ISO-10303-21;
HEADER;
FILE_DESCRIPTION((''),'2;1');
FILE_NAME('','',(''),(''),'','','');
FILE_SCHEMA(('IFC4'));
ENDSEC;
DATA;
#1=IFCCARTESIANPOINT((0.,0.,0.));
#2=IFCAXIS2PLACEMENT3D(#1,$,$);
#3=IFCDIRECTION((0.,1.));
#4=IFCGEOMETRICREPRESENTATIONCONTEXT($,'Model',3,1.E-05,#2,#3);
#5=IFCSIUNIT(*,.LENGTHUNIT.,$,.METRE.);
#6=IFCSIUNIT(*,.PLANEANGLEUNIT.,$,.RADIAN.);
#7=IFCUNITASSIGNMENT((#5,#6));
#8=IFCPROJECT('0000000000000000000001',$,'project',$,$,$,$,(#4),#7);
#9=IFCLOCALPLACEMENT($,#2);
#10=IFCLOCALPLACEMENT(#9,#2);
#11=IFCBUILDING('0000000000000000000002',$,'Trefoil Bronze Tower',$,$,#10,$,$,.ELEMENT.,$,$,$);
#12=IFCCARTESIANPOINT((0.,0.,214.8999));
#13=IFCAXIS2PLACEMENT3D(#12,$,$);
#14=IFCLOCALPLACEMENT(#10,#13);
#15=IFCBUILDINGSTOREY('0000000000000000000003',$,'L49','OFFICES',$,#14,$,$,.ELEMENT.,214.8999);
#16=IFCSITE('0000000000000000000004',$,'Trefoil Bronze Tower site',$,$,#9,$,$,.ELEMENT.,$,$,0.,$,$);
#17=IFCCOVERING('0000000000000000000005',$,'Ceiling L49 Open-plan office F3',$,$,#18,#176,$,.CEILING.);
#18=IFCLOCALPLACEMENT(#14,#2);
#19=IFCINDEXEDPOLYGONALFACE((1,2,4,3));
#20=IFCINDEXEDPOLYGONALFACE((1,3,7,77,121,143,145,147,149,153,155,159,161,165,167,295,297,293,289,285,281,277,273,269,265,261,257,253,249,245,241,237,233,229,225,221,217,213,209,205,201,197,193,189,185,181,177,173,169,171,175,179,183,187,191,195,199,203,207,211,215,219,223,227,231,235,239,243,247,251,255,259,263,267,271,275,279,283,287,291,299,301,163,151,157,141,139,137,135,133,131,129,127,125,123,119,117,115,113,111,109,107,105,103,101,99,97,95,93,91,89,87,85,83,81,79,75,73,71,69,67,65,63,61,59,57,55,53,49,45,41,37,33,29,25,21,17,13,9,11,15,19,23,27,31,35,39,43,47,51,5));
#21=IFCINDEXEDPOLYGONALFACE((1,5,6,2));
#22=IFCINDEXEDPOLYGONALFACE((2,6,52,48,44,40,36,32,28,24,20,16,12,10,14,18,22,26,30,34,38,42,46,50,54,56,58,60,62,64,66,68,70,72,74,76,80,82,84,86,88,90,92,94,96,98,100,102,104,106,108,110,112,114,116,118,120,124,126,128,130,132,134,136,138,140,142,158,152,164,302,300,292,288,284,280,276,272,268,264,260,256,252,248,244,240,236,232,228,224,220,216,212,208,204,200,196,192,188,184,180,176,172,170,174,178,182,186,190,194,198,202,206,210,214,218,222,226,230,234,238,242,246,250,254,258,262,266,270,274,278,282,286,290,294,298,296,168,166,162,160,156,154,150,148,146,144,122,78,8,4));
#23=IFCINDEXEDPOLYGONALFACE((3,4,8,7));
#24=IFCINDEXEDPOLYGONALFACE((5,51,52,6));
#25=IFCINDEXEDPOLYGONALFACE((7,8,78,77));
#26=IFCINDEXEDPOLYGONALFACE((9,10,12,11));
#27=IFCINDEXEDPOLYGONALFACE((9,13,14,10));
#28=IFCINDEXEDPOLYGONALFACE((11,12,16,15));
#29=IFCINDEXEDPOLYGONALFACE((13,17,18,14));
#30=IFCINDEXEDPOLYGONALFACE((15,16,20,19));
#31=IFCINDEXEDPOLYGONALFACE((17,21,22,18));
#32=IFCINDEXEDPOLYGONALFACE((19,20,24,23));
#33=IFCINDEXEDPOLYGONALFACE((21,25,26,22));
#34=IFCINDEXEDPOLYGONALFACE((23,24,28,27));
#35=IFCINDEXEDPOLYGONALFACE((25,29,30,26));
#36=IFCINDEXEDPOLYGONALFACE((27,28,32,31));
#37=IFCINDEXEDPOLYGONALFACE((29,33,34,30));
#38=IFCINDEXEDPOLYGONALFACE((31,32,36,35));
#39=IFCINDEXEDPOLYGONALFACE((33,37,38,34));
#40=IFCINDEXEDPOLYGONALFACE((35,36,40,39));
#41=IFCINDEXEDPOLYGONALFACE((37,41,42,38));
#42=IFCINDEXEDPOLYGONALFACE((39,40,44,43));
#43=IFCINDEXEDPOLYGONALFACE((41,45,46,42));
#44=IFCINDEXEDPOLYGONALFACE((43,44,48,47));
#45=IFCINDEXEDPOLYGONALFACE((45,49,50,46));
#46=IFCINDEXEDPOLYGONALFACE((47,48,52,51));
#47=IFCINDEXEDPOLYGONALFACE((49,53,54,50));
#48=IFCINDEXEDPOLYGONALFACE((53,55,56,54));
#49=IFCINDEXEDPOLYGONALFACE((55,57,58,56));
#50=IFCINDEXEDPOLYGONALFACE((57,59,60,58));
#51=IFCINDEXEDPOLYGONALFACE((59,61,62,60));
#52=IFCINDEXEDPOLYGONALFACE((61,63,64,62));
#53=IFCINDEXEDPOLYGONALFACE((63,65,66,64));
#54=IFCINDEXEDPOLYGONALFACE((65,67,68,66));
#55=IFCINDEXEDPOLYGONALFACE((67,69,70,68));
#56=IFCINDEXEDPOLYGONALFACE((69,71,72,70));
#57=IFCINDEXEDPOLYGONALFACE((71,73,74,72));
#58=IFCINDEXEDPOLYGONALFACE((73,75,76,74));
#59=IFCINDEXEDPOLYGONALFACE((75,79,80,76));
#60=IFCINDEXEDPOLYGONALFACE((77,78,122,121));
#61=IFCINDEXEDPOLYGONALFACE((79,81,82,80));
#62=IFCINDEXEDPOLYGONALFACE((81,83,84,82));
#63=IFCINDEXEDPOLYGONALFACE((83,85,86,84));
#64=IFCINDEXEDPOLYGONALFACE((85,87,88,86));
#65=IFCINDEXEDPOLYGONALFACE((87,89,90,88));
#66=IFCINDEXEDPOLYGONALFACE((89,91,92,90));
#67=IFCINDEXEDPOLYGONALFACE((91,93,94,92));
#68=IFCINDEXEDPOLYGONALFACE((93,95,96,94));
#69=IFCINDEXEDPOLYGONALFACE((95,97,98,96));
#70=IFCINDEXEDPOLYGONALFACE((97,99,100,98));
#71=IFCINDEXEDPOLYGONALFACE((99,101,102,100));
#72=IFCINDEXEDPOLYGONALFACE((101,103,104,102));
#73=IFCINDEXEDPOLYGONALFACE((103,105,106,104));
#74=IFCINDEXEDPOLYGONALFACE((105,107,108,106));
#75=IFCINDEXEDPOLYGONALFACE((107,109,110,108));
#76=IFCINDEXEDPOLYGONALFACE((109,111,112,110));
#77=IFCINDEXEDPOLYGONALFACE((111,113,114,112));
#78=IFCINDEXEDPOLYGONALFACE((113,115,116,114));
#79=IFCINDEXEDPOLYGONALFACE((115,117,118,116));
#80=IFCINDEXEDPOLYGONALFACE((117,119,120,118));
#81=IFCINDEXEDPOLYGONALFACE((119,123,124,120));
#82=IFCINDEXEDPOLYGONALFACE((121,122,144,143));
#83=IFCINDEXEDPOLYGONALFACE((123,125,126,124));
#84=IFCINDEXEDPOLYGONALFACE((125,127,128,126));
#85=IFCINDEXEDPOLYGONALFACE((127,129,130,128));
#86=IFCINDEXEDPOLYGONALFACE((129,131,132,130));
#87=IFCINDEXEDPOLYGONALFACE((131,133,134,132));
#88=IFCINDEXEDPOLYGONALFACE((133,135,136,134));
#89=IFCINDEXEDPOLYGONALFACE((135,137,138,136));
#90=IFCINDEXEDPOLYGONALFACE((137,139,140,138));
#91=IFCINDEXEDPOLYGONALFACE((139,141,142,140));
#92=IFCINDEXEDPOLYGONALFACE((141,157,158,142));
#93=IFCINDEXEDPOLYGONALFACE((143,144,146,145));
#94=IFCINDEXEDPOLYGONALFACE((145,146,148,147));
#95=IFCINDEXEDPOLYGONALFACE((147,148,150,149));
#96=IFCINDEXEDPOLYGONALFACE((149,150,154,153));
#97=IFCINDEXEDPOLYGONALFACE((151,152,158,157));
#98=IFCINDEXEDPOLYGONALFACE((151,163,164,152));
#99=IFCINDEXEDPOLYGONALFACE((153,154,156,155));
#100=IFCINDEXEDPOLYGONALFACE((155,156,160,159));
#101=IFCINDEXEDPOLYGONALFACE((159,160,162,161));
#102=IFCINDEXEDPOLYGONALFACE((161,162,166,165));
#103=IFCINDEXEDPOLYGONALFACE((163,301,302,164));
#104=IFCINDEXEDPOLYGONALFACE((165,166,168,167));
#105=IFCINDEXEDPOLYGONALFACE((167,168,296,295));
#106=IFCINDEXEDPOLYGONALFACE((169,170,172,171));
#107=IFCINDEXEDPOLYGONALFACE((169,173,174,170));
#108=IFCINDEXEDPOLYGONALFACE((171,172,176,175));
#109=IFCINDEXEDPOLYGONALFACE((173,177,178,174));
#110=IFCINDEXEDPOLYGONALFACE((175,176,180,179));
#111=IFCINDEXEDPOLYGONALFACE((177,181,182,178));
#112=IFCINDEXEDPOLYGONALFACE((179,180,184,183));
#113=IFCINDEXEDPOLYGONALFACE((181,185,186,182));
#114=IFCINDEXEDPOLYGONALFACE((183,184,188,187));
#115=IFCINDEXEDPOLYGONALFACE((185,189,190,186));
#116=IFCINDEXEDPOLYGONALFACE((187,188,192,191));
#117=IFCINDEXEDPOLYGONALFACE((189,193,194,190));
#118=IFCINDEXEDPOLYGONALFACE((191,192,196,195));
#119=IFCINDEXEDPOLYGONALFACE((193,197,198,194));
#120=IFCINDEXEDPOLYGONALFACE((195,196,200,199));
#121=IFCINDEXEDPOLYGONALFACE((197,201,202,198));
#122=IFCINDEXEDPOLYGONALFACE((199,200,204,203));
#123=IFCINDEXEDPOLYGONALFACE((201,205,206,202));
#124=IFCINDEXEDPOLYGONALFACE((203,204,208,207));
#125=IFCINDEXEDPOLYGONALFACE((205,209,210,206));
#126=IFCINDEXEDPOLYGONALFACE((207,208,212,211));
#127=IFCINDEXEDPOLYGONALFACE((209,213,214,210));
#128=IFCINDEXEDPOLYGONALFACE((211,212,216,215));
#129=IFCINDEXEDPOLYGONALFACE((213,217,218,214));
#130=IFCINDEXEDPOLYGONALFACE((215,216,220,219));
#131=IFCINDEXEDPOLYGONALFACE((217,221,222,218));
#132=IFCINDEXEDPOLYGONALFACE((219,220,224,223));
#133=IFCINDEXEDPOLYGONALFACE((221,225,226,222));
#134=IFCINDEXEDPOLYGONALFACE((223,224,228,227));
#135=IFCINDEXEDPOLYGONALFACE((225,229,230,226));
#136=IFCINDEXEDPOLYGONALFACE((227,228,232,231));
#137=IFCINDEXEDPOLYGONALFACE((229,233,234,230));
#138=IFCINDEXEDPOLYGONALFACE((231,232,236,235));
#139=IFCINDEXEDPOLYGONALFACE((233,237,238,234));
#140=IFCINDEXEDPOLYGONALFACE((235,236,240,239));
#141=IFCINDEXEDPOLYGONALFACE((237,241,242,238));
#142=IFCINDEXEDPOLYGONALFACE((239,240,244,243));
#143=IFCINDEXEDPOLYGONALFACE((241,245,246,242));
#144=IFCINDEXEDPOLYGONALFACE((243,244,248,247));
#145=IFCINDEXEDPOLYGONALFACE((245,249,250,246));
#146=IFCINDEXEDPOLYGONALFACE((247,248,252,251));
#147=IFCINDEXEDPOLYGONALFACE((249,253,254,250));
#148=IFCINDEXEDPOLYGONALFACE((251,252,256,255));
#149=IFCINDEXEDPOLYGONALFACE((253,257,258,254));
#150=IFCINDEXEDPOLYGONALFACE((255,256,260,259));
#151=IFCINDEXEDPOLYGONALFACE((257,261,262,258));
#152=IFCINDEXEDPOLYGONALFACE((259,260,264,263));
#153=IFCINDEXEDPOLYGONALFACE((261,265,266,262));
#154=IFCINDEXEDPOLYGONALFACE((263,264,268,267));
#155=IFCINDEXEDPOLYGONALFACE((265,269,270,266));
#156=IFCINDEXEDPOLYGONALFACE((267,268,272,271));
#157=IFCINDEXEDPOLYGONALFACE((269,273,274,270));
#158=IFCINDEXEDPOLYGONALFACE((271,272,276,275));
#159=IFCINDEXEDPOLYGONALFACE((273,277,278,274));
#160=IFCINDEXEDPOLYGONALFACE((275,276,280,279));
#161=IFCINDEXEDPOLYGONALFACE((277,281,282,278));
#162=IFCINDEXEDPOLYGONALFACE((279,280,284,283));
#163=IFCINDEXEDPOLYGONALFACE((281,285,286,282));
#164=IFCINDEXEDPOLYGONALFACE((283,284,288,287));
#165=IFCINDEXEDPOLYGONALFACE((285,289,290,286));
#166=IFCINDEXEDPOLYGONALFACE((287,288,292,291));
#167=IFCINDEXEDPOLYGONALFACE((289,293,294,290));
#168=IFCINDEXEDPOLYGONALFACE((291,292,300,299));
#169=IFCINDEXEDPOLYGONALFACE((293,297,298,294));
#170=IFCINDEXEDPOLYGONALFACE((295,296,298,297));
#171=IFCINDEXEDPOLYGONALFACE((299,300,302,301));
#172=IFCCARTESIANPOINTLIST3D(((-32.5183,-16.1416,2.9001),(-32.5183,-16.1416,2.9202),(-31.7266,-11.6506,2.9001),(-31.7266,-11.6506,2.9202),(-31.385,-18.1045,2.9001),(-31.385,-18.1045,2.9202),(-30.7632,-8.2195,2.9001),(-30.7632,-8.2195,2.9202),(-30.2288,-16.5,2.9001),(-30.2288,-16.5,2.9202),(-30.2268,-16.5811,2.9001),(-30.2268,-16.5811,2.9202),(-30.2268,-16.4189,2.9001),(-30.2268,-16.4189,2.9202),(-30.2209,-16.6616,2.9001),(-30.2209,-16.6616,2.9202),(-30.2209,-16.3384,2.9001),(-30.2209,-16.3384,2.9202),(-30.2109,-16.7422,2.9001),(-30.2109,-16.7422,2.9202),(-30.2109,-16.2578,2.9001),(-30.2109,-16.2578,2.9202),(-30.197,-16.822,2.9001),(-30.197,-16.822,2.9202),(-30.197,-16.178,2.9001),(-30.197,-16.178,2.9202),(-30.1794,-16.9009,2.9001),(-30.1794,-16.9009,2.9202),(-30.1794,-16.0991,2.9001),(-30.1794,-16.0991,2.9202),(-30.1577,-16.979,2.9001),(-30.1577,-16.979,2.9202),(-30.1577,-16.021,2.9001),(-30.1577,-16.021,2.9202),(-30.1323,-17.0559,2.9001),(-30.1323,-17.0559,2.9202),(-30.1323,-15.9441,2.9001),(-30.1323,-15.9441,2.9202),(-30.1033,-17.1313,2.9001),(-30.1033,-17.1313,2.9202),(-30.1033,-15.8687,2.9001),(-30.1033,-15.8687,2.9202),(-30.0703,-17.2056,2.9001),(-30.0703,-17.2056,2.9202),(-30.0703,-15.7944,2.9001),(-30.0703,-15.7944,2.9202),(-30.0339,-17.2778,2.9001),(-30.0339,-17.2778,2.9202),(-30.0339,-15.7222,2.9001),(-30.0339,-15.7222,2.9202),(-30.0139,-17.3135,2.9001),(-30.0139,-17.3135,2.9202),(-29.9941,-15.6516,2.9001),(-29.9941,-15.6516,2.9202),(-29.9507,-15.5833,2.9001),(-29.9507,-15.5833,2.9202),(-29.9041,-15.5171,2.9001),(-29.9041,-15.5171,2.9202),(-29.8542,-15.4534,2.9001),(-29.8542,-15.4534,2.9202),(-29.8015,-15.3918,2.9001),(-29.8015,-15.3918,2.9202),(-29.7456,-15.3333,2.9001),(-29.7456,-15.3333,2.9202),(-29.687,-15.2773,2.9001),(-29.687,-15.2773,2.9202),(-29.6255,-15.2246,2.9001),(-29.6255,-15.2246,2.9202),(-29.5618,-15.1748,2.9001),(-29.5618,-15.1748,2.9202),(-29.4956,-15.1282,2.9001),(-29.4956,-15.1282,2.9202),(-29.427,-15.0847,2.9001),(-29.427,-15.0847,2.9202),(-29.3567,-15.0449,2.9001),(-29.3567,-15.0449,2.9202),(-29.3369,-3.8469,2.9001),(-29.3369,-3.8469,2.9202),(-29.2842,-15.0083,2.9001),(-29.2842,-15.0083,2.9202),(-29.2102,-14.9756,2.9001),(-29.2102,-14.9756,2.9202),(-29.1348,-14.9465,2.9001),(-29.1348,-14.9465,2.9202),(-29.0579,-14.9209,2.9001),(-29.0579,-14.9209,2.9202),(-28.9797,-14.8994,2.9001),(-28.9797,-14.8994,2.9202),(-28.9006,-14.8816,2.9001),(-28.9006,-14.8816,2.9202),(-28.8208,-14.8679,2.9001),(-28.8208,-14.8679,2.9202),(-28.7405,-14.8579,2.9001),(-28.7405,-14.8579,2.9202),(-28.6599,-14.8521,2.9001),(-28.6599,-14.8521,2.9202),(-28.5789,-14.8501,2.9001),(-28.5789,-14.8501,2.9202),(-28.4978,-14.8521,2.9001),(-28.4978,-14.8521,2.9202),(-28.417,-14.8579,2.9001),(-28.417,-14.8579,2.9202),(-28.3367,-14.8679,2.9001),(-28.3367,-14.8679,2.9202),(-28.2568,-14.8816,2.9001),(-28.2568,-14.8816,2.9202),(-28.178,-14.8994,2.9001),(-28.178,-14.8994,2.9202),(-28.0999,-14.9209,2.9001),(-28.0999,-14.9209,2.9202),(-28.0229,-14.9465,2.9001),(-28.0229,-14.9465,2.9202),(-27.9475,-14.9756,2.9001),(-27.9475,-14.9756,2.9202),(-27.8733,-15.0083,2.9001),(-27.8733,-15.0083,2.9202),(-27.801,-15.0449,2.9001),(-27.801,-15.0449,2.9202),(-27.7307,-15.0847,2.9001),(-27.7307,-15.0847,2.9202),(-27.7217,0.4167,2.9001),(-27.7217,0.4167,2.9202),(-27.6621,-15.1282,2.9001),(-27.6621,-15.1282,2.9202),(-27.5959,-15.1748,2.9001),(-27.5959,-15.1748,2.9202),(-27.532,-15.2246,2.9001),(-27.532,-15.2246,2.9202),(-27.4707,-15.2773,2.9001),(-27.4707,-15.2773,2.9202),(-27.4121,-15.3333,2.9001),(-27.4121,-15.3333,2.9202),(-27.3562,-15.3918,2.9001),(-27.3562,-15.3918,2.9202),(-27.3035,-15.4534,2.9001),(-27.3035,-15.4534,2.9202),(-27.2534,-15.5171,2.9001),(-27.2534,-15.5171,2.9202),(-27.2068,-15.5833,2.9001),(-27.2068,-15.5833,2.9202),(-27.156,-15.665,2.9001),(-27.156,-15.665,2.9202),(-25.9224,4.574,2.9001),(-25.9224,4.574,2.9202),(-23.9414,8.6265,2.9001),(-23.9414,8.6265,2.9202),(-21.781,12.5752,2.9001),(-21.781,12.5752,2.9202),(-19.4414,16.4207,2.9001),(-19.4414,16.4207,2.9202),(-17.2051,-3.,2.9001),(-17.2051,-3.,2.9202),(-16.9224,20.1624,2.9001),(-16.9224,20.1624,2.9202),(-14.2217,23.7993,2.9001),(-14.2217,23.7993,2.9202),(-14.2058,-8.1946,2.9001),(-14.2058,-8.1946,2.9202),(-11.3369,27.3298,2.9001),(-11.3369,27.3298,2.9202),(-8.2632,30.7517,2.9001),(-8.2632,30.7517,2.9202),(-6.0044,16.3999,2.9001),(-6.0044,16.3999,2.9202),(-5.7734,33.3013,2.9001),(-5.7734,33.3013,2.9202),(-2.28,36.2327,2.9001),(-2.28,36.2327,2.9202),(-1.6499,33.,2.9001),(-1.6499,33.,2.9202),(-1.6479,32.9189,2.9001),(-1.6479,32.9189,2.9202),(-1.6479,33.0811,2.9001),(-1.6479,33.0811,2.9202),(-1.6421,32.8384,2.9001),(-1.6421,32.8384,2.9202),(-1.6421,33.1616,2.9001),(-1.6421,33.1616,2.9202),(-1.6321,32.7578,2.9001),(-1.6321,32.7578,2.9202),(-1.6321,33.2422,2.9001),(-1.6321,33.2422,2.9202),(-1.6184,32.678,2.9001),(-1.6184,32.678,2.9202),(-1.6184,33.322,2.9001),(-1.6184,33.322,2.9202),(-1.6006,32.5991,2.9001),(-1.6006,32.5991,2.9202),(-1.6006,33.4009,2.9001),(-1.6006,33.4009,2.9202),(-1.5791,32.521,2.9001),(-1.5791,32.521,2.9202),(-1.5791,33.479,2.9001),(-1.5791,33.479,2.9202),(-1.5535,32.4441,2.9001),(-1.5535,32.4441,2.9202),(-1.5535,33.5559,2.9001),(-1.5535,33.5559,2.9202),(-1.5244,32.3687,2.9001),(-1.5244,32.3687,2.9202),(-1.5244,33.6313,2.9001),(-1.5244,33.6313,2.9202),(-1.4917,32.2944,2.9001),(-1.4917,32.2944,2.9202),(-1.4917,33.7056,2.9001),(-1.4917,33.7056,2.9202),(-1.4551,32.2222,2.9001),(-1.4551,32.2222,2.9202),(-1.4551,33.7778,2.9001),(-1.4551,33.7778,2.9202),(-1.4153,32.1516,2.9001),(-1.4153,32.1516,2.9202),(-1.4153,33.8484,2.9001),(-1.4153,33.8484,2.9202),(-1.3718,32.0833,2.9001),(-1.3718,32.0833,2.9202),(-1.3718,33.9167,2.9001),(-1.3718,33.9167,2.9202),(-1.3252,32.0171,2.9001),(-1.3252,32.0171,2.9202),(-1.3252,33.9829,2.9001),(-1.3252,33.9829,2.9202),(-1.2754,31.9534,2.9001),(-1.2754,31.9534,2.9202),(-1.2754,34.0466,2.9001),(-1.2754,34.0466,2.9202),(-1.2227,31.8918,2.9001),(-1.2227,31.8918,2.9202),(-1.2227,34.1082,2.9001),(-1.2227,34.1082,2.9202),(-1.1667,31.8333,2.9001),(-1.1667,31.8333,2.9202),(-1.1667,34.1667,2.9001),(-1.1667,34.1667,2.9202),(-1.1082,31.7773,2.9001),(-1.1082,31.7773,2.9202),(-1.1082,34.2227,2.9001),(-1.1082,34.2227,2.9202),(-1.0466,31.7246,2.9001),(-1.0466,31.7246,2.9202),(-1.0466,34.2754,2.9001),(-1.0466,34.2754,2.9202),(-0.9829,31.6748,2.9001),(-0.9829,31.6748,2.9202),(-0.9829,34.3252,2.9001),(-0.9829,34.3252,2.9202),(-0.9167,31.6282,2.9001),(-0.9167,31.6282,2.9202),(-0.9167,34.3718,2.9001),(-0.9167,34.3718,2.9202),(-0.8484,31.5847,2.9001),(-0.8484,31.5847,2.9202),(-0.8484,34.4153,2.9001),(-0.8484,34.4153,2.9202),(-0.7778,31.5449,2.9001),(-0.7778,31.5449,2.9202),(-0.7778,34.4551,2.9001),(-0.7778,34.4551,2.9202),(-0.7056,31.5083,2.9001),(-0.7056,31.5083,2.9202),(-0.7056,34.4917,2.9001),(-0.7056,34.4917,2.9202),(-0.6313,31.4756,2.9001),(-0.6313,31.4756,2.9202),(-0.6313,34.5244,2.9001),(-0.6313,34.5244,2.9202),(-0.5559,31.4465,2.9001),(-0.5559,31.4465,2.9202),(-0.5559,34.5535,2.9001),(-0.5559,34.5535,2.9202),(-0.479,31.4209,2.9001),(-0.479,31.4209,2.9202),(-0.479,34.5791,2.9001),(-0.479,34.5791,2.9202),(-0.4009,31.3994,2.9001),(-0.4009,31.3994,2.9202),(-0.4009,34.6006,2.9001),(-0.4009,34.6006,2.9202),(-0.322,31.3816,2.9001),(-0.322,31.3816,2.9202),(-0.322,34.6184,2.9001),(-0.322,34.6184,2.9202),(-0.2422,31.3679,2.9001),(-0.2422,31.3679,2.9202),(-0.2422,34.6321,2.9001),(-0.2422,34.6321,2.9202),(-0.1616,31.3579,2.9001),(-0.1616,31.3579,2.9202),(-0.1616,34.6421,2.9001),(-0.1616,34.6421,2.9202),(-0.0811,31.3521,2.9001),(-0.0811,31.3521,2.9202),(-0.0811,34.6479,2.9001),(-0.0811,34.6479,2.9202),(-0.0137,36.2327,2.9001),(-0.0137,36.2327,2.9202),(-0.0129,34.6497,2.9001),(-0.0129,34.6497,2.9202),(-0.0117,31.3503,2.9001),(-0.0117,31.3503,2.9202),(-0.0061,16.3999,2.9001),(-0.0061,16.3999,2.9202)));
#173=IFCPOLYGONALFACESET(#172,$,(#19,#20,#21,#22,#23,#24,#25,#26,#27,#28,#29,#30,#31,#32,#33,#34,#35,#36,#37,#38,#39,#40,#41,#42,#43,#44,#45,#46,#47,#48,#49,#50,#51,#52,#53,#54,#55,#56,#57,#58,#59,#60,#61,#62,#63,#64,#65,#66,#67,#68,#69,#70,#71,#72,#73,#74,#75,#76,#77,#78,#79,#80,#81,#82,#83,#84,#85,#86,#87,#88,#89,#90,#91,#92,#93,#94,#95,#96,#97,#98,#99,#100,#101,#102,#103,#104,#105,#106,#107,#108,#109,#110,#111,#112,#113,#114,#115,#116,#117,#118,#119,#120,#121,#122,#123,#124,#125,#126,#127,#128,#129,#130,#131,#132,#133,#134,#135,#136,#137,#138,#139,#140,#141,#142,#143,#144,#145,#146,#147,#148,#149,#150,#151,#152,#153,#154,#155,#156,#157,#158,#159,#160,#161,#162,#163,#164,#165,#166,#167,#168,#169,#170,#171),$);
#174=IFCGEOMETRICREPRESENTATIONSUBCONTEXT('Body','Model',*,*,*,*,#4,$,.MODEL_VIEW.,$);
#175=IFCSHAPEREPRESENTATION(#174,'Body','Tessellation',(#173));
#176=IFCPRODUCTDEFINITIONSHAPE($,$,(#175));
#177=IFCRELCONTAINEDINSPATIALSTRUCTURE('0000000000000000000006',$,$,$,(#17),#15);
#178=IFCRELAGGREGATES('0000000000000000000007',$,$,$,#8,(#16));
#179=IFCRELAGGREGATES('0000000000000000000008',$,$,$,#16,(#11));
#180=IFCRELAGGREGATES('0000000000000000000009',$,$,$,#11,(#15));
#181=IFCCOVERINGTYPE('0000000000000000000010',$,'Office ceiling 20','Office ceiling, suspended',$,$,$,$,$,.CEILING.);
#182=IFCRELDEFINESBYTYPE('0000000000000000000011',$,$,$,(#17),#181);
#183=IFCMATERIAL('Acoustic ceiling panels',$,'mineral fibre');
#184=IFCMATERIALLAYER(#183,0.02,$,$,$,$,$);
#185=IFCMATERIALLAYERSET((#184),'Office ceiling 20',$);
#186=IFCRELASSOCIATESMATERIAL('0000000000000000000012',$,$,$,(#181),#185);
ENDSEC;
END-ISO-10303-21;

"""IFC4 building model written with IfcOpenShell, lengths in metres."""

from ifc_helpers import new_model, si_unit, direction, frame, origin, place, context, subcontext, project, spatial, polyline, outline, extrude, material, layer, layer_set, type_object, element, save


model = new_model("IFC4")

# Units and contexts
model_context = context("Model", 3, precision=1e-05, world=origin(), true_north=direction((0.0, 1.0)))
body_context = subcontext(model_context, "Body", "Model", "MODEL_VIEW")
ifc_project = project(units=[si_unit("LENGTHUNIT", "METRE"), si_unit("PLANEANGLEUNIT", "RADIAN")], contexts=[model_context])

# Site, building, storey
site_placement = place(None, origin())
site = spatial("IfcSite", under=ifc_project, at=site_placement, Name="Trefoil Bronze Tower site", CompositionType="ELEMENT", RefElevation=0.0)
building_placement = place(site_placement, origin())
building = spatial("IfcBuilding", under=site, at=building_placement, Name="Trefoil Bronze Tower", CompositionType="ELEMENT")
storey_placement = place(building_placement, frame((0.0, 0.0, 214.8999)))
storey = spatial("IfcBuildingStorey", under=building, at=storey_placement, Name="L49", Description="OFFICES", CompositionType="ELEMENT", Elevation=214.8999)

# Covering
ifc_material_1 = material(Name="Acoustic ceiling panels", Category="mineral fibre")
ifc_layer_1 = layer(ifc_material_1, 0.02)
ifc_layer_set_1 = layer_set([ifc_layer_1], Name="Office ceiling 20")
covering_type_1 = type_object("IfcCoveringType", Name="Office ceiling 20", Description="Office ceiling, suspended", PredefinedType="CEILING", material=ifc_layer_set_1)
covering_1_placement = place(storey_placement, frame((0.0, 0.0, 2.9001)))
element("IfcCovering", 1, at=covering_1_placement, inside=storey, type_object=covering_type_1, Name="Ceiling L49 Open-plan office F3", PredefinedType="CEILING", context=body_context, shape_type="SweptSolid", body=[
    extrude(outline(polyline([(-30.7632, -8.2195), (-29.3369, -3.8469), (-27.7217, 0.4167), (-25.9224, 4.574), (-23.9414, 8.6265), (-21.781, 12.5752), (-19.4414, 16.4207), (-16.9224, 20.1624), (-14.2217, 23.7993), (-11.3369, 27.3298), (-8.2632, 30.7517), (-5.7734, 33.3013), (-2.28, 36.2327), (-0.0137, 36.2327), (-0.0129, 34.6497), (-0.0811, 34.6479), (-0.1616, 34.6421), (-0.2422, 34.6321), (-0.322, 34.6184), (-0.4009, 34.6006), (-0.479, 34.5791), (-0.5559, 34.5535), (-0.6313, 34.5244), (-0.7056, 34.4917), (-0.7778, 34.4551), (-0.8484, 34.4153), (-0.9167, 34.3718), (-0.9829, 34.3252), (-1.0466, 34.2754), (-1.1082, 34.2227), (-1.1667, 34.1667), (-1.2227, 34.1082), (-1.2754, 34.0466), (-1.3252, 33.9829), (-1.3718, 33.9167), (-1.4153, 33.8484), (-1.4551, 33.7778), (-1.4917, 33.7056), (-1.5244, 33.6313), (-1.5535, 33.5559), (-1.5791, 33.479), (-1.6006, 33.4009), (-1.6184, 33.322), (-1.6321, 33.2422), (-1.6421, 33.1616), (-1.6479, 33.0811), (-1.6499, 33.0), (-1.6479, 32.9189), (-1.6421, 32.8384), (-1.6321, 32.7578), (-1.6184, 32.678), (-1.6006, 32.5991), (-1.5791, 32.521), (-1.5535, 32.4441), (-1.5244, 32.3687), (-1.4917, 32.2944), (-1.4551, 32.2222), (-1.4153, 32.1516), (-1.3718, 32.0833), (-1.3252, 32.0171), (-1.2754, 31.9534), (-1.2227, 31.8918), (-1.1667, 31.8333), (-1.1082, 31.7773), (-1.0466, 31.7246), (-0.9829, 31.6748), (-0.9167, 31.6282), (-0.8484, 31.5847), (-0.7778, 31.5449), (-0.7056, 31.5083), (-0.6313, 31.4756), (-0.5559, 31.4465), (-0.479, 31.4209), (-0.4009, 31.3994), (-0.322, 31.3816), (-0.2422, 31.3679), (-0.1616, 31.3579), (-0.0811, 31.3521), (-0.0117, 31.3503), (-0.0061, 16.3999), (-6.0044, 16.3999), (-17.2051, -3.0), (-14.2058, -8.1946), (-27.156, -15.665), (-27.2068, -15.5833), (-27.2534, -15.5171), (-27.3035, -15.4534), (-27.3562, -15.3918), (-27.4121, -15.3333), (-27.4707, -15.2773), (-27.532, -15.2246), (-27.5959, -15.1748), (-27.6621, -15.1282), (-27.7307, -15.0847), (-27.801, -15.0449), (-27.8733, -15.0083), (-27.9475, -14.9756), (-28.0229, -14.9465), (-28.0999, -14.9209), (-28.178, -14.8994), (-28.2568, -14.8816), (-28.3367, -14.8679), (-28.417, -14.8579), (-28.4978, -14.8521), (-28.5789, -14.8501), (-28.6599, -14.8521), (-28.7405, -14.8579), (-28.8208, -14.8679), (-28.9006, -14.8816), (-28.9797, -14.8994), (-29.0579, -14.9209), (-29.1348, -14.9465), (-29.2102, -14.9756), (-29.2842, -15.0083), (-29.3567, -15.0449), (-29.427, -15.0847), (-29.4956, -15.1282), (-29.5618, -15.1748), (-29.6255, -15.2246), (-29.687, -15.2773), (-29.7456, -15.3333), (-29.8015, -15.3918), (-29.8542, -15.4534), (-29.9041, -15.5171), (-29.9507, -15.5833), (-29.9941, -15.6516), (-30.0339, -15.7222), (-30.0703, -15.7944), (-30.1033, -15.8687), (-30.1323, -15.9441), (-30.1577, -16.021), (-30.1794, -16.0991), (-30.197, -16.178), (-30.2109, -16.2578), (-30.2209, -16.3384), (-30.2268, -16.4189), (-30.2288, -16.5), (-30.2268, -16.5811), (-30.2209, -16.6616), (-30.2109, -16.7422), (-30.197, -16.822), (-30.1794, -16.9009), (-30.1577, -16.979), (-30.1323, -17.0559), (-30.1033, -17.1313), (-30.0703, -17.2056), (-30.0339, -17.2778), (-30.0139, -17.3135), (-31.385, -18.1045), (-32.5183, -16.1416), (-31.7266, -11.6506), (-30.7632, -8.2195)])), origin(), (0.0, 0.0, 1.0), 0.02),
])

save(model, "model.ifc")
